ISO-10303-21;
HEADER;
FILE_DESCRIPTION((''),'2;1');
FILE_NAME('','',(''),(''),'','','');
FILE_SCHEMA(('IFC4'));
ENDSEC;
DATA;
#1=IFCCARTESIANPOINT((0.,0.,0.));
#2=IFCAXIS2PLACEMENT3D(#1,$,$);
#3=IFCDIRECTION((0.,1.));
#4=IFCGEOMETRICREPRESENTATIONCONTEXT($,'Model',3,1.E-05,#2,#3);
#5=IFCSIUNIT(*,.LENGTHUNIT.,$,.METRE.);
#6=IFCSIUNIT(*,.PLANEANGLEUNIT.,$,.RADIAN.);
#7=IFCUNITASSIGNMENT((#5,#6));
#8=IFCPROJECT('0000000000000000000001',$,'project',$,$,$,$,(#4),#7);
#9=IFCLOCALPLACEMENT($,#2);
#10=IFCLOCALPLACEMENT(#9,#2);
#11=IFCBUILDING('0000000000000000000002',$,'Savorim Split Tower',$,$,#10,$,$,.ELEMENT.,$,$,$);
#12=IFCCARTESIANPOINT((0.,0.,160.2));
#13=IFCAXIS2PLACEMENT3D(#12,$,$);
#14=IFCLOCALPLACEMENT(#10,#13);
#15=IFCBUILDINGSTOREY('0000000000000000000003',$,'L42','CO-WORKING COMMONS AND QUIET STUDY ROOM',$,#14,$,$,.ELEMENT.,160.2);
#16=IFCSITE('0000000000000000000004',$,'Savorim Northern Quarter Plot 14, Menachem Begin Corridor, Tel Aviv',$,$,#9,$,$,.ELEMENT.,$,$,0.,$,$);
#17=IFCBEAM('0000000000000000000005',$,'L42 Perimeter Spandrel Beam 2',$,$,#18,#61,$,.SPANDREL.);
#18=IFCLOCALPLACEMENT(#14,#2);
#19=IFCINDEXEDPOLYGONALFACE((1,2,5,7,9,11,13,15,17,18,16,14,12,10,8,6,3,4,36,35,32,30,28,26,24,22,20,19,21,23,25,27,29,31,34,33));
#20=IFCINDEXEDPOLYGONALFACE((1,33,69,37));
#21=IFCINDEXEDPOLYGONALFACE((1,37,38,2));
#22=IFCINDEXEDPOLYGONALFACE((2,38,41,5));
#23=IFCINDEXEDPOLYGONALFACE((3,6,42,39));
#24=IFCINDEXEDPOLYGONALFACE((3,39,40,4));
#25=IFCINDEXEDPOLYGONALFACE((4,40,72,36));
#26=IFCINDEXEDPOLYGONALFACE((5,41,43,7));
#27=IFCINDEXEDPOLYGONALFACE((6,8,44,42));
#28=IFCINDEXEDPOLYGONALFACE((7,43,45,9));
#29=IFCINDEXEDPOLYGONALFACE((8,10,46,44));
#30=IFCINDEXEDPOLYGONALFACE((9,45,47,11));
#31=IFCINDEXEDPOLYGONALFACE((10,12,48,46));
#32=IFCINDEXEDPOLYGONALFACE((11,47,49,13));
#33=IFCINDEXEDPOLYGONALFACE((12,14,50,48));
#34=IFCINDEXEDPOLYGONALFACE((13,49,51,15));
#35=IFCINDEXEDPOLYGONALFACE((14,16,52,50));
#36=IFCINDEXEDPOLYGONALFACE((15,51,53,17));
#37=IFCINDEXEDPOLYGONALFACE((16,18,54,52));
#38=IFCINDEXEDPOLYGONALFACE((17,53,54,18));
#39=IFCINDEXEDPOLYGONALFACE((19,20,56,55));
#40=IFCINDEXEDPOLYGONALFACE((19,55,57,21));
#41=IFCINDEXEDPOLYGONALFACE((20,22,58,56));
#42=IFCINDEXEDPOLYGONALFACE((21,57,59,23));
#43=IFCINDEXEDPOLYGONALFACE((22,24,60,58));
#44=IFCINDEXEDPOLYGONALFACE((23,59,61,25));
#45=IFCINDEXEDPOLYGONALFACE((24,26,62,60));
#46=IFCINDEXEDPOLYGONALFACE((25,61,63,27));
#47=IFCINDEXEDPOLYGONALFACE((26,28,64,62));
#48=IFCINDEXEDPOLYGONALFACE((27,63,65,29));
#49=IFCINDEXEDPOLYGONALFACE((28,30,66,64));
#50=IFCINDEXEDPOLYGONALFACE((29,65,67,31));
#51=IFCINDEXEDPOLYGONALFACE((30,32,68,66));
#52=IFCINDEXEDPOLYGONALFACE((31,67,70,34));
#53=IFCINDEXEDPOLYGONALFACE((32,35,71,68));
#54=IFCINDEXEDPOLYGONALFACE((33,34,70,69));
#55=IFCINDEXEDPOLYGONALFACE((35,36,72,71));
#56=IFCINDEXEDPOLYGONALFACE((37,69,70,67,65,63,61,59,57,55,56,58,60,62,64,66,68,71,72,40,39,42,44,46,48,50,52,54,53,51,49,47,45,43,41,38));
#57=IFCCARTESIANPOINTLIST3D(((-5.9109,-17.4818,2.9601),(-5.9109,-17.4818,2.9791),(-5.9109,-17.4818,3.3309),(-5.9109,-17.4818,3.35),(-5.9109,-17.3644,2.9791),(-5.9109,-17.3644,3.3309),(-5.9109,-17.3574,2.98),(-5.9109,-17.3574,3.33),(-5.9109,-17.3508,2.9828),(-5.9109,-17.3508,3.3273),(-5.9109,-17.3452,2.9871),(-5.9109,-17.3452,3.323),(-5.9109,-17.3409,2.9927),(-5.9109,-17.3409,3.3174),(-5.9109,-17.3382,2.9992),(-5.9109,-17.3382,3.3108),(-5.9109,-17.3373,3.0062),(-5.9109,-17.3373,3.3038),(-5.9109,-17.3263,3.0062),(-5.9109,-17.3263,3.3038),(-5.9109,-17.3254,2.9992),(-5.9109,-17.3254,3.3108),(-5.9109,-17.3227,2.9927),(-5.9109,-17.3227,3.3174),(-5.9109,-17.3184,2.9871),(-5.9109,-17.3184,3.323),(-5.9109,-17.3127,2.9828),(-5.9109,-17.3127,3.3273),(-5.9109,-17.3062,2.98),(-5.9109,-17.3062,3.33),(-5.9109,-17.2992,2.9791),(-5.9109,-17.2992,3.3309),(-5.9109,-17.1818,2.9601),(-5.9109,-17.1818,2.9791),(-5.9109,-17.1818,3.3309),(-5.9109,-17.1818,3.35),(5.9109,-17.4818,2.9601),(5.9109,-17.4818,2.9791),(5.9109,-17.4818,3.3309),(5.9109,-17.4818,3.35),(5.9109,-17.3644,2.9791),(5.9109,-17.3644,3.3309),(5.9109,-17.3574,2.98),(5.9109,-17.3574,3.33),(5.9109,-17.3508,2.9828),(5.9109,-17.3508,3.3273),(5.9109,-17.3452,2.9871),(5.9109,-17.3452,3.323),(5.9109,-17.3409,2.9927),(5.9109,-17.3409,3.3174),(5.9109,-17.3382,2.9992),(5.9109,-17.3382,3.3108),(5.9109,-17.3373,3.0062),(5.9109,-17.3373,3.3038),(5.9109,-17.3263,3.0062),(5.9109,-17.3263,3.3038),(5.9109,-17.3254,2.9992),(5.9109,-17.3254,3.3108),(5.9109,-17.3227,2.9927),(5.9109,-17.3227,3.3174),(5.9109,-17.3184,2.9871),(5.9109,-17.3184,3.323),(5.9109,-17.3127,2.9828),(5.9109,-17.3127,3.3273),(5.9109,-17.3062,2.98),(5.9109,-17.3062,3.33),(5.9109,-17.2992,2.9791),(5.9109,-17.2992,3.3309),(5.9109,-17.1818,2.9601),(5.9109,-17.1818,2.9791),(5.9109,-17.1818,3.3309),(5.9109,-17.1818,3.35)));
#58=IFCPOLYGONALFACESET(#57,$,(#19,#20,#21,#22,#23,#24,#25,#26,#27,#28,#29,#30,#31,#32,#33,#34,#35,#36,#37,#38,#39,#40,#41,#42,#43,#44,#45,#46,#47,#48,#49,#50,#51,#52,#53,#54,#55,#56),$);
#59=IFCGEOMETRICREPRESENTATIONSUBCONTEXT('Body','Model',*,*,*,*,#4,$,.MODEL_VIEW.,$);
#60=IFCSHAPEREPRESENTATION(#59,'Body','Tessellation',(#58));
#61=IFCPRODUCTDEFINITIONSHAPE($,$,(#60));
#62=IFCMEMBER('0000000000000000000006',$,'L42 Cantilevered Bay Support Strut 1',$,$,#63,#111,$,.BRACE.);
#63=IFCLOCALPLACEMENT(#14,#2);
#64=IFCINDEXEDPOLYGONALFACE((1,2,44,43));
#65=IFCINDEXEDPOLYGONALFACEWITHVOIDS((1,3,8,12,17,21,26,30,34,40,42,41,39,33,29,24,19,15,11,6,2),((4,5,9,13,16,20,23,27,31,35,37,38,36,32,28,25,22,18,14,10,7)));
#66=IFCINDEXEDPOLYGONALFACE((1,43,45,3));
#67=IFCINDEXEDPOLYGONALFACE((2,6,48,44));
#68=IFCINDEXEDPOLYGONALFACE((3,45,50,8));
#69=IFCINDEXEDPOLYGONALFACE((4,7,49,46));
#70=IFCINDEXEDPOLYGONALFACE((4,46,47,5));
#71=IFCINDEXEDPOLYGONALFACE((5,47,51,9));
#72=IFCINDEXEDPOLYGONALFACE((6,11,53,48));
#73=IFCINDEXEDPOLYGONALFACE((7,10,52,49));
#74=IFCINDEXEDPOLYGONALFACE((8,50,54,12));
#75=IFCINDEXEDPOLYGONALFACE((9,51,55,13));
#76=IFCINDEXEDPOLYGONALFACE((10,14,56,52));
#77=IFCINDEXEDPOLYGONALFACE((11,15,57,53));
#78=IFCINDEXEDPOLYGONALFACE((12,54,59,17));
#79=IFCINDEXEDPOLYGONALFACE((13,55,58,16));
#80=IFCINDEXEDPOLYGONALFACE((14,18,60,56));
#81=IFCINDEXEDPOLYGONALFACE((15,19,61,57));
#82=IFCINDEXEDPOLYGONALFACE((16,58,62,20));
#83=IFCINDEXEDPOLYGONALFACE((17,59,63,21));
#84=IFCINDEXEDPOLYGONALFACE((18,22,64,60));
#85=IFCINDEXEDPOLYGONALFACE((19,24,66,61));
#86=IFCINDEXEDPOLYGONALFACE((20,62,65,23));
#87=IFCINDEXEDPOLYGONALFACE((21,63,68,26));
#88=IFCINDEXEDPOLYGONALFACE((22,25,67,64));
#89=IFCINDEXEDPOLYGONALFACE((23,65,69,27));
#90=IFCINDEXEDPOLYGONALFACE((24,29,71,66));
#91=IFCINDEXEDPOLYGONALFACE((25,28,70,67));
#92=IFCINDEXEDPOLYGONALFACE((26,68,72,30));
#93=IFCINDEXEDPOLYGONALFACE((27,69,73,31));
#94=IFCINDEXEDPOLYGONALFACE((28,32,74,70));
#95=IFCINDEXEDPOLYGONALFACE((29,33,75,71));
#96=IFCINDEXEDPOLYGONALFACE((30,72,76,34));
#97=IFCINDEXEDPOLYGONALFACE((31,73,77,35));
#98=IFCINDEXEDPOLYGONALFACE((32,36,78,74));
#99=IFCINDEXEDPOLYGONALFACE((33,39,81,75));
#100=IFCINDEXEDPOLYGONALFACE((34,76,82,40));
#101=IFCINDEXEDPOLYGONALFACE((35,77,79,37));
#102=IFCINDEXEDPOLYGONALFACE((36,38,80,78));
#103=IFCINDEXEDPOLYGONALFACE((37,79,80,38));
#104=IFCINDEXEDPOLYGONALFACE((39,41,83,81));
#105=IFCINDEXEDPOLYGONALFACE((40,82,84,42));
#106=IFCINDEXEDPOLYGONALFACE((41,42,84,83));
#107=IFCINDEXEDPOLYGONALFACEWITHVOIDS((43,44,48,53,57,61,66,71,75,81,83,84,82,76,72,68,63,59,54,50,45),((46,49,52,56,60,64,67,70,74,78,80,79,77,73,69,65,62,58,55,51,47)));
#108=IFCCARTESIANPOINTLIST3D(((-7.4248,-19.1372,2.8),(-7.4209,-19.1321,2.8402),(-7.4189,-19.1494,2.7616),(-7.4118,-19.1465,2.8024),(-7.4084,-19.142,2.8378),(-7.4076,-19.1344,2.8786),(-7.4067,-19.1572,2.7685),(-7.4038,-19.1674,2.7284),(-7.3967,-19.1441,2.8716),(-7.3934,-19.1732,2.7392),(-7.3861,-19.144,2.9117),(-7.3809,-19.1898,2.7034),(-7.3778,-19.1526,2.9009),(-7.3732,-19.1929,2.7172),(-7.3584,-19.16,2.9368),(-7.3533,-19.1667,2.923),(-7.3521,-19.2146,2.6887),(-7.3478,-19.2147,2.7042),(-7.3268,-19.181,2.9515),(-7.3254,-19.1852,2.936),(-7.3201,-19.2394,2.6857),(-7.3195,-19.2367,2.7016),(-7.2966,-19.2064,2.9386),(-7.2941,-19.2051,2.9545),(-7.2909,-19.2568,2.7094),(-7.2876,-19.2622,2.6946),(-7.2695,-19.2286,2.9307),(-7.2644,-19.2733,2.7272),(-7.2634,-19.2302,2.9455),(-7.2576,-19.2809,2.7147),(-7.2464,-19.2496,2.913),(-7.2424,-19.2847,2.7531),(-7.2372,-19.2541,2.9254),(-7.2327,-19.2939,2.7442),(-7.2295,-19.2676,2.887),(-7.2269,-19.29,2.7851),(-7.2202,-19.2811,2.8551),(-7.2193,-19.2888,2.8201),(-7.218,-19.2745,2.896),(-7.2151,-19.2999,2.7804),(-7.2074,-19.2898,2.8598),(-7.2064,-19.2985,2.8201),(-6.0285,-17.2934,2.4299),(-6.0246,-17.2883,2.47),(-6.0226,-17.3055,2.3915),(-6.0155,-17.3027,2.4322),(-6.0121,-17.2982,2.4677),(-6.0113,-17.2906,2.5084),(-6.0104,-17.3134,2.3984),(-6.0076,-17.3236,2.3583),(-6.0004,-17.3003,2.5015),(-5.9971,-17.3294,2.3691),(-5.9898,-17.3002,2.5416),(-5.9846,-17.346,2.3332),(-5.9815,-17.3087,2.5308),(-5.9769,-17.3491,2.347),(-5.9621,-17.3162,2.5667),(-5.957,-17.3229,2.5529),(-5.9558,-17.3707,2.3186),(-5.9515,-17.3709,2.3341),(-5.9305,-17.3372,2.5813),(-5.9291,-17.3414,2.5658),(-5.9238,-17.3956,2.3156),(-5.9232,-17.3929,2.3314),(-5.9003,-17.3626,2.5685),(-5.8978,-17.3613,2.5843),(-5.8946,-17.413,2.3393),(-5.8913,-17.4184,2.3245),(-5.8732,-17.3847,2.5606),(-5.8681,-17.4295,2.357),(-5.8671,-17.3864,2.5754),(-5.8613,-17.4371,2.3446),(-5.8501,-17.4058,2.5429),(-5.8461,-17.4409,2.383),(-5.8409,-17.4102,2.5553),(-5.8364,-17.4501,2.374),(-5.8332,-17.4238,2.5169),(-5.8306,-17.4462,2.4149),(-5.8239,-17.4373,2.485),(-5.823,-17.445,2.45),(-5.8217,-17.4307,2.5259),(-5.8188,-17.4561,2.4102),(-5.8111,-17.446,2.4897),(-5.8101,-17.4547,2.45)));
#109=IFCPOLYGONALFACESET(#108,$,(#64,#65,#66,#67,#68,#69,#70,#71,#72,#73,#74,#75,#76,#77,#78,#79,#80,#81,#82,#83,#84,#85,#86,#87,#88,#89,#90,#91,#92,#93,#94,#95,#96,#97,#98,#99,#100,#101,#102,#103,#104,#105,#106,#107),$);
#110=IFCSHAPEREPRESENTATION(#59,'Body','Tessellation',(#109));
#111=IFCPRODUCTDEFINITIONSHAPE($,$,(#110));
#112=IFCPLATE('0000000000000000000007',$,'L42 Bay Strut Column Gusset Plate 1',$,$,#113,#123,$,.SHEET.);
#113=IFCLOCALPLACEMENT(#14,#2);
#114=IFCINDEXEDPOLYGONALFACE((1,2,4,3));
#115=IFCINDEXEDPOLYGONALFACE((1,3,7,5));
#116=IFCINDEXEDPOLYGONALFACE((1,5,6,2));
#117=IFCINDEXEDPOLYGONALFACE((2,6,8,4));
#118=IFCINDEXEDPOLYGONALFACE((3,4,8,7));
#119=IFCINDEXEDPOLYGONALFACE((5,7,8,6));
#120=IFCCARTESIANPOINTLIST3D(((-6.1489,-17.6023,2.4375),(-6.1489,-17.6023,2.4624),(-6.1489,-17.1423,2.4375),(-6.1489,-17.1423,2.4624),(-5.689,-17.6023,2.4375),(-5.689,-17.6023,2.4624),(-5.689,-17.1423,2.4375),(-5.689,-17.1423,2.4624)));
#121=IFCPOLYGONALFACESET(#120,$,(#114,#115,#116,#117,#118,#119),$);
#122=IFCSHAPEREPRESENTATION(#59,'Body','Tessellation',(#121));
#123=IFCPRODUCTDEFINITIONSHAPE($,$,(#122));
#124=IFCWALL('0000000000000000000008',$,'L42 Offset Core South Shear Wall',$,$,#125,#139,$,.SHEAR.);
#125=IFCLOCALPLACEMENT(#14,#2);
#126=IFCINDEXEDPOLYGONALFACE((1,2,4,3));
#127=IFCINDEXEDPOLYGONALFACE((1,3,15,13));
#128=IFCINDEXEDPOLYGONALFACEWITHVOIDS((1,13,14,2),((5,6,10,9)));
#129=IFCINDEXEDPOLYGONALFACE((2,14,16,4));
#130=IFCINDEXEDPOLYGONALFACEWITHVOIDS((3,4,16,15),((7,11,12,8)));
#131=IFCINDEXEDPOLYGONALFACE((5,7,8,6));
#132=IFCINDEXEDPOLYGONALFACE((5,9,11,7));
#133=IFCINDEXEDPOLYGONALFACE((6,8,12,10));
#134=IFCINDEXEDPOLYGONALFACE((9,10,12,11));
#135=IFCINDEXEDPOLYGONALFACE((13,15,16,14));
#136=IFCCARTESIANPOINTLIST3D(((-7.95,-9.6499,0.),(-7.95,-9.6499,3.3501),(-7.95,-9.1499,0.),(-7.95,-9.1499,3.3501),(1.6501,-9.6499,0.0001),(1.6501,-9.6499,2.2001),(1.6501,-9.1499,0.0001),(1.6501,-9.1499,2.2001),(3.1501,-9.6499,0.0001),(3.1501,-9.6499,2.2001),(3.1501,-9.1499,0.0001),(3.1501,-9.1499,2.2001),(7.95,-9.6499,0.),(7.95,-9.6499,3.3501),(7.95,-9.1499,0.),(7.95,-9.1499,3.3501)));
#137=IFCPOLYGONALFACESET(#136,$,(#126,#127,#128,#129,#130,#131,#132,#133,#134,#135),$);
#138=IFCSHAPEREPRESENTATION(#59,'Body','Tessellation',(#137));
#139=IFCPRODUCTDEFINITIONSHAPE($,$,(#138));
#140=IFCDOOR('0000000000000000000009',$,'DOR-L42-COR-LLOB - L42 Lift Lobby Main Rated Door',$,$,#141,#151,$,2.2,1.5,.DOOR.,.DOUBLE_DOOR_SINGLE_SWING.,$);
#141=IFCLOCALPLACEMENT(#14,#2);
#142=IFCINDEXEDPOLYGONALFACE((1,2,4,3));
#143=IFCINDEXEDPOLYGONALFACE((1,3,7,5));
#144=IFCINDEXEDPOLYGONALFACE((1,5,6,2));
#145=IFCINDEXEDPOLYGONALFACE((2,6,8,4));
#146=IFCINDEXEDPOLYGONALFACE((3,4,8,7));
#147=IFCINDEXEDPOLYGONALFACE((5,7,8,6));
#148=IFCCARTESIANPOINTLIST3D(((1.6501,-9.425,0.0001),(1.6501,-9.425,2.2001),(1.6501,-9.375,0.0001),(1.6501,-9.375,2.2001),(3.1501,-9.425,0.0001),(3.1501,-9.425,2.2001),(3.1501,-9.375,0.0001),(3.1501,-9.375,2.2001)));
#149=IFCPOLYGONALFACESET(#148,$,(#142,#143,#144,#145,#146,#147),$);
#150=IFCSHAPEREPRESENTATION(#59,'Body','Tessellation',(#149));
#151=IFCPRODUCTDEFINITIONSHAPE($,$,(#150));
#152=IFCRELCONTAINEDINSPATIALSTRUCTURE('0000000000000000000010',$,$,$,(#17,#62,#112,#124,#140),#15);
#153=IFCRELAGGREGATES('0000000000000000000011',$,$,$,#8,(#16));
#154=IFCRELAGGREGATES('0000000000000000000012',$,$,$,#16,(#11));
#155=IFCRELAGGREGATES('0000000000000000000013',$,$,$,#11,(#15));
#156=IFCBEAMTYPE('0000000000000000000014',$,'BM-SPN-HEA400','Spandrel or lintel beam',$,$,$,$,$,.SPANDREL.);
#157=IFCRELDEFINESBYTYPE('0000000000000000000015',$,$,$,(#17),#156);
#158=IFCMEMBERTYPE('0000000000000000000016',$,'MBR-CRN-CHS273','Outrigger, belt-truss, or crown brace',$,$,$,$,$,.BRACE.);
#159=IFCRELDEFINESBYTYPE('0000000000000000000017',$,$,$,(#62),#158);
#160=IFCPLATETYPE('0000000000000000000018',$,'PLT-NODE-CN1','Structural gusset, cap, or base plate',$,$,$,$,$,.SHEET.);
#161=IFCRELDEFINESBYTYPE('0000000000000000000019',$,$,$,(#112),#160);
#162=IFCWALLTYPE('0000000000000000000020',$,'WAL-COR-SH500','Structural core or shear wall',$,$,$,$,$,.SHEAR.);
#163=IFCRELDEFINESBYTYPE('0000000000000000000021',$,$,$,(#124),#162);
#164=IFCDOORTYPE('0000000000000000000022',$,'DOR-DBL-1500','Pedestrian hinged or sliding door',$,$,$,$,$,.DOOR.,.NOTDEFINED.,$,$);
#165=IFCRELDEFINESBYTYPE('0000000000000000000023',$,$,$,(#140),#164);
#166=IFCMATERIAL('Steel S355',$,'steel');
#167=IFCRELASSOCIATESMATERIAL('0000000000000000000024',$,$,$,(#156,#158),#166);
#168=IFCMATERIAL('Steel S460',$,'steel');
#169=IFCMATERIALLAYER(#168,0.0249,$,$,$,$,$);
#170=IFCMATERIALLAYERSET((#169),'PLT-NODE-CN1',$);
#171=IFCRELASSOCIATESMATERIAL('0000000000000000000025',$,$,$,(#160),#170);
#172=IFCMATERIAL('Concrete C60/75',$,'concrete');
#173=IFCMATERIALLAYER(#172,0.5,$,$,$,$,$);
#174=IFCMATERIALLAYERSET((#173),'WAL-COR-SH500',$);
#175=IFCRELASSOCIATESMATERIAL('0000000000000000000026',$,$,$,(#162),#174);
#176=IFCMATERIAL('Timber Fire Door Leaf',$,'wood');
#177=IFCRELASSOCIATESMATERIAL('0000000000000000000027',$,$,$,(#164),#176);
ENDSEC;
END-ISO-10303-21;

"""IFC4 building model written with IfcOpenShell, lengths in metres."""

from ifc_helpers import new_model, si_unit, direction, frame, frame_2d, origin, origin_2d, place, context, subcontext, project, spatial, rectangle, hollow_circle, i_section, extrude, material, layer, layer_set, material_profile, profile_set, type_object, element, fill, save


model = new_model("IFC4")

# Units and contexts
model_context = context("Model", 3, precision=1e-05, world=origin(), true_north=direction((0.0, 1.0)))
body_context = subcontext(model_context, "Body", "Model", "MODEL_VIEW")
ifc_project = project(units=[si_unit("LENGTHUNIT", "METRE"), si_unit("PLANEANGLEUNIT", "RADIAN")], contexts=[model_context])

# Site, building, storey
site_placement = place(None, origin())
site = spatial("IfcSite", under=ifc_project, at=site_placement, Name="Savorim Northern Quarter Plot 14, Menachem Begin Corridor, Tel Aviv", CompositionType="ELEMENT", RefElevation=0.0)
building_placement = place(site_placement, origin())
building = spatial("IfcBuilding", under=site, at=building_placement, Name="Savorim Split Tower", CompositionType="ELEMENT")
storey_placement = place(building_placement, frame((0.0, 0.0, 160.2)))
storey = spatial("IfcBuildingStorey", under=building, at=storey_placement, Name="L42", Description="CO-WORKING COMMONS AND QUIET STUDY ROOM", CompositionType="ELEMENT", Elevation=160.2)

# Beam
ifc_material_1 = material(Name="Steel S355", Category="steel")
ifc_material_profile_1 = material_profile(ifc_material_1, i_section(OverallWidth=0.3, OverallDepth=0.3899, WebThickness=0.011, FlangeThickness=0.019, FilletRadius=0.0271, at=origin_2d()), Name="HEA 400")
ifc_profile_set_1 = profile_set([ifc_material_profile_1], Name="Steel S355")
beam_type_1 = type_object("IfcBeamType", Name="BM-SPN-HEA400", Description="Spandrel or lintel beam", PredefinedType="SPANDREL", material=ifc_profile_set_1)
beam_1_placement = place(storey_placement, frame((-5.9109, -17.3318, 3.155), z_axis=(1.0, 0.0, 0.0), x_axis=(0.0, 1.0, 0.0)))
element("IfcBeam", 1, at=beam_1_placement, inside=storey, type_object=beam_type_1, Name="L42 Perimeter Spandrel Beam 2", PredefinedType="SPANDREL", context=body_context, shape_type="SweptSolid", body=[
    extrude(i_section(OverallWidth=0.3, OverallDepth=0.3899, WebThickness=0.011, FlangeThickness=0.019, FilletRadius=0.0271, at=origin_2d()), origin(), (0.0, 0.0, 1.0), 11.8218),
])

# Member
ifc_material_profile_2 = material_profile(ifc_material_1, hollow_circle(Radius=0.1365, WallThickness=0.0161, at=origin_2d()), Name="CHS 273x16")
ifc_profile_set_2 = profile_set([ifc_material_profile_2], Name="Steel S355")
member_type = type_object("IfcMemberType", Name="MBR-CRN-CHS273", Description="Outrigger, belt-truss, or crown brace", PredefinedType="BRACE", material=ifc_profile_set_2)
member_placement = place(storey_placement, frame((-5.9189, -17.3723, 2.45), z_axis=(-0.596124, -0.787188, 0.158021), x_axis=(0.797205, -0.603709, 0.0)))
element("IfcMember", 2, at=member_placement, inside=storey, type_object=member_type, Name="L42 Cantilevered Bay Support Strut 1", PredefinedType="BRACE", context=body_context, shape_type="SweptSolid", body=[
    extrude(hollow_circle(Radius=0.1365, WallThickness=0.0161, at=origin_2d()), origin(), (0.0, 0.0, 1.0), 2.3423),
])

# Plate
ifc_material_2 = material(Name="Steel S460", Category="steel")
ifc_layer_1 = layer(ifc_material_2, 0.0249)
ifc_layer_set_1 = layer_set([ifc_layer_1], Name="PLT-NODE-CN1")
plate_type = type_object("IfcPlateType", Name="PLT-NODE-CN1", Description="Structural gusset, cap, or base plate", PredefinedType="SHEET", material=ifc_layer_set_1)
plate_placement = place(storey_placement, frame((-5.9189, -17.3723, 2.4375), z_axis=(0.0, 0.0, 1.0), x_axis=(1.0, 0.0, 0.0)))
element("IfcPlate", 3, at=plate_placement, inside=storey, type_object=plate_type, Name="L42 Bay Strut Column Gusset Plate 1", PredefinedType="SHEET", context=body_context, shape_type="SweptSolid", body=[
    extrude(rectangle(XDim=0.46, YDim=0.46, at=origin_2d()), origin(), (0.0, 0.0, 1.0), 0.0249),
])

# Wall, opening, door
ifc_material_3 = material(Name="Concrete C60/75", Category="concrete")
ifc_layer_2 = layer(ifc_material_3, 0.5)
ifc_layer_set_2 = layer_set([ifc_layer_2], Name="WAL-COR-SH500")
wall_type_1 = type_object("IfcWallType", Name="WAL-COR-SH500", Description="Structural core or shear wall", PredefinedType="SHEAR", material=ifc_layer_set_2)
wall_1_placement = place(storey_placement, frame((-7.95, -9.3999, 0.0), z_axis=(0.0, 0.0, 1.0), x_axis=(1.0, 0.0, 0.0)))
wall_1 = element("IfcWall", 4, at=wall_1_placement, inside=storey, type_object=wall_type_1, Name="L42 Offset Core South Shear Wall", PredefinedType="SHEAR", context=body_context, shape_type="SweptSolid", body=[
    extrude(rectangle(XDim=15.8999, YDim=0.5, at=frame_2d((7.95, 0.0))), origin(), (0.0, 0.0, 1.0), 3.3501),
])
opening_1_placement = place(wall_1_placement, frame((9.6001, 0.0, 0.0)))
opening_1 = element("IfcOpeningElement", 5, at=opening_1_placement, cuts=wall_1, PredefinedType="OPENING", context=body_context, shape_type="SweptSolid", body=[
    extrude(rectangle(XDim=1.5, YDim=2.2, at=frame_2d((0.75, 1.1001))), frame((0.0, 0.26, 0.0), z_axis=(0.0, -1.0, 0.0), x_axis=(1.0, 0.0, 0.0)), (0.0, 0.0, 1.0), 0.52),
])
ifc_material_4 = material(Name="Timber Fire Door Leaf", Category="wood")
door_type_1 = type_object("IfcDoorType", Name="DOR-DBL-1500", Description="Pedestrian hinged or sliding door", OperationType="NOTDEFINED", PredefinedType="DOOR", material=ifc_material_4)
door_1_placement = place(opening_1_placement, origin())
door_1 = element("IfcDoor", 6, at=door_1_placement, inside=storey, type_object=door_type_1, Name="DOR-L42-COR-LLOB - L42 Lift Lobby Main Rated Door", OperationType="DOUBLE_DOOR_SINGLE_SWING", OverallHeight=2.2, OverallWidth=1.5, PredefinedType="DOOR", context=body_context, shape_type="SweptSolid", body=[
    extrude(rectangle(XDim=1.5, YDim=2.2, at=frame_2d((0.75, 1.1001))), frame((0.0, 0.0249, 0.0), z_axis=(0.0, -1.0, 0.0), x_axis=(1.0, 0.0, 0.0)), (0.0, 0.0, 1.0), 0.05),
])
fill(opening_1, door_1)

save(model, "model.ifc")
